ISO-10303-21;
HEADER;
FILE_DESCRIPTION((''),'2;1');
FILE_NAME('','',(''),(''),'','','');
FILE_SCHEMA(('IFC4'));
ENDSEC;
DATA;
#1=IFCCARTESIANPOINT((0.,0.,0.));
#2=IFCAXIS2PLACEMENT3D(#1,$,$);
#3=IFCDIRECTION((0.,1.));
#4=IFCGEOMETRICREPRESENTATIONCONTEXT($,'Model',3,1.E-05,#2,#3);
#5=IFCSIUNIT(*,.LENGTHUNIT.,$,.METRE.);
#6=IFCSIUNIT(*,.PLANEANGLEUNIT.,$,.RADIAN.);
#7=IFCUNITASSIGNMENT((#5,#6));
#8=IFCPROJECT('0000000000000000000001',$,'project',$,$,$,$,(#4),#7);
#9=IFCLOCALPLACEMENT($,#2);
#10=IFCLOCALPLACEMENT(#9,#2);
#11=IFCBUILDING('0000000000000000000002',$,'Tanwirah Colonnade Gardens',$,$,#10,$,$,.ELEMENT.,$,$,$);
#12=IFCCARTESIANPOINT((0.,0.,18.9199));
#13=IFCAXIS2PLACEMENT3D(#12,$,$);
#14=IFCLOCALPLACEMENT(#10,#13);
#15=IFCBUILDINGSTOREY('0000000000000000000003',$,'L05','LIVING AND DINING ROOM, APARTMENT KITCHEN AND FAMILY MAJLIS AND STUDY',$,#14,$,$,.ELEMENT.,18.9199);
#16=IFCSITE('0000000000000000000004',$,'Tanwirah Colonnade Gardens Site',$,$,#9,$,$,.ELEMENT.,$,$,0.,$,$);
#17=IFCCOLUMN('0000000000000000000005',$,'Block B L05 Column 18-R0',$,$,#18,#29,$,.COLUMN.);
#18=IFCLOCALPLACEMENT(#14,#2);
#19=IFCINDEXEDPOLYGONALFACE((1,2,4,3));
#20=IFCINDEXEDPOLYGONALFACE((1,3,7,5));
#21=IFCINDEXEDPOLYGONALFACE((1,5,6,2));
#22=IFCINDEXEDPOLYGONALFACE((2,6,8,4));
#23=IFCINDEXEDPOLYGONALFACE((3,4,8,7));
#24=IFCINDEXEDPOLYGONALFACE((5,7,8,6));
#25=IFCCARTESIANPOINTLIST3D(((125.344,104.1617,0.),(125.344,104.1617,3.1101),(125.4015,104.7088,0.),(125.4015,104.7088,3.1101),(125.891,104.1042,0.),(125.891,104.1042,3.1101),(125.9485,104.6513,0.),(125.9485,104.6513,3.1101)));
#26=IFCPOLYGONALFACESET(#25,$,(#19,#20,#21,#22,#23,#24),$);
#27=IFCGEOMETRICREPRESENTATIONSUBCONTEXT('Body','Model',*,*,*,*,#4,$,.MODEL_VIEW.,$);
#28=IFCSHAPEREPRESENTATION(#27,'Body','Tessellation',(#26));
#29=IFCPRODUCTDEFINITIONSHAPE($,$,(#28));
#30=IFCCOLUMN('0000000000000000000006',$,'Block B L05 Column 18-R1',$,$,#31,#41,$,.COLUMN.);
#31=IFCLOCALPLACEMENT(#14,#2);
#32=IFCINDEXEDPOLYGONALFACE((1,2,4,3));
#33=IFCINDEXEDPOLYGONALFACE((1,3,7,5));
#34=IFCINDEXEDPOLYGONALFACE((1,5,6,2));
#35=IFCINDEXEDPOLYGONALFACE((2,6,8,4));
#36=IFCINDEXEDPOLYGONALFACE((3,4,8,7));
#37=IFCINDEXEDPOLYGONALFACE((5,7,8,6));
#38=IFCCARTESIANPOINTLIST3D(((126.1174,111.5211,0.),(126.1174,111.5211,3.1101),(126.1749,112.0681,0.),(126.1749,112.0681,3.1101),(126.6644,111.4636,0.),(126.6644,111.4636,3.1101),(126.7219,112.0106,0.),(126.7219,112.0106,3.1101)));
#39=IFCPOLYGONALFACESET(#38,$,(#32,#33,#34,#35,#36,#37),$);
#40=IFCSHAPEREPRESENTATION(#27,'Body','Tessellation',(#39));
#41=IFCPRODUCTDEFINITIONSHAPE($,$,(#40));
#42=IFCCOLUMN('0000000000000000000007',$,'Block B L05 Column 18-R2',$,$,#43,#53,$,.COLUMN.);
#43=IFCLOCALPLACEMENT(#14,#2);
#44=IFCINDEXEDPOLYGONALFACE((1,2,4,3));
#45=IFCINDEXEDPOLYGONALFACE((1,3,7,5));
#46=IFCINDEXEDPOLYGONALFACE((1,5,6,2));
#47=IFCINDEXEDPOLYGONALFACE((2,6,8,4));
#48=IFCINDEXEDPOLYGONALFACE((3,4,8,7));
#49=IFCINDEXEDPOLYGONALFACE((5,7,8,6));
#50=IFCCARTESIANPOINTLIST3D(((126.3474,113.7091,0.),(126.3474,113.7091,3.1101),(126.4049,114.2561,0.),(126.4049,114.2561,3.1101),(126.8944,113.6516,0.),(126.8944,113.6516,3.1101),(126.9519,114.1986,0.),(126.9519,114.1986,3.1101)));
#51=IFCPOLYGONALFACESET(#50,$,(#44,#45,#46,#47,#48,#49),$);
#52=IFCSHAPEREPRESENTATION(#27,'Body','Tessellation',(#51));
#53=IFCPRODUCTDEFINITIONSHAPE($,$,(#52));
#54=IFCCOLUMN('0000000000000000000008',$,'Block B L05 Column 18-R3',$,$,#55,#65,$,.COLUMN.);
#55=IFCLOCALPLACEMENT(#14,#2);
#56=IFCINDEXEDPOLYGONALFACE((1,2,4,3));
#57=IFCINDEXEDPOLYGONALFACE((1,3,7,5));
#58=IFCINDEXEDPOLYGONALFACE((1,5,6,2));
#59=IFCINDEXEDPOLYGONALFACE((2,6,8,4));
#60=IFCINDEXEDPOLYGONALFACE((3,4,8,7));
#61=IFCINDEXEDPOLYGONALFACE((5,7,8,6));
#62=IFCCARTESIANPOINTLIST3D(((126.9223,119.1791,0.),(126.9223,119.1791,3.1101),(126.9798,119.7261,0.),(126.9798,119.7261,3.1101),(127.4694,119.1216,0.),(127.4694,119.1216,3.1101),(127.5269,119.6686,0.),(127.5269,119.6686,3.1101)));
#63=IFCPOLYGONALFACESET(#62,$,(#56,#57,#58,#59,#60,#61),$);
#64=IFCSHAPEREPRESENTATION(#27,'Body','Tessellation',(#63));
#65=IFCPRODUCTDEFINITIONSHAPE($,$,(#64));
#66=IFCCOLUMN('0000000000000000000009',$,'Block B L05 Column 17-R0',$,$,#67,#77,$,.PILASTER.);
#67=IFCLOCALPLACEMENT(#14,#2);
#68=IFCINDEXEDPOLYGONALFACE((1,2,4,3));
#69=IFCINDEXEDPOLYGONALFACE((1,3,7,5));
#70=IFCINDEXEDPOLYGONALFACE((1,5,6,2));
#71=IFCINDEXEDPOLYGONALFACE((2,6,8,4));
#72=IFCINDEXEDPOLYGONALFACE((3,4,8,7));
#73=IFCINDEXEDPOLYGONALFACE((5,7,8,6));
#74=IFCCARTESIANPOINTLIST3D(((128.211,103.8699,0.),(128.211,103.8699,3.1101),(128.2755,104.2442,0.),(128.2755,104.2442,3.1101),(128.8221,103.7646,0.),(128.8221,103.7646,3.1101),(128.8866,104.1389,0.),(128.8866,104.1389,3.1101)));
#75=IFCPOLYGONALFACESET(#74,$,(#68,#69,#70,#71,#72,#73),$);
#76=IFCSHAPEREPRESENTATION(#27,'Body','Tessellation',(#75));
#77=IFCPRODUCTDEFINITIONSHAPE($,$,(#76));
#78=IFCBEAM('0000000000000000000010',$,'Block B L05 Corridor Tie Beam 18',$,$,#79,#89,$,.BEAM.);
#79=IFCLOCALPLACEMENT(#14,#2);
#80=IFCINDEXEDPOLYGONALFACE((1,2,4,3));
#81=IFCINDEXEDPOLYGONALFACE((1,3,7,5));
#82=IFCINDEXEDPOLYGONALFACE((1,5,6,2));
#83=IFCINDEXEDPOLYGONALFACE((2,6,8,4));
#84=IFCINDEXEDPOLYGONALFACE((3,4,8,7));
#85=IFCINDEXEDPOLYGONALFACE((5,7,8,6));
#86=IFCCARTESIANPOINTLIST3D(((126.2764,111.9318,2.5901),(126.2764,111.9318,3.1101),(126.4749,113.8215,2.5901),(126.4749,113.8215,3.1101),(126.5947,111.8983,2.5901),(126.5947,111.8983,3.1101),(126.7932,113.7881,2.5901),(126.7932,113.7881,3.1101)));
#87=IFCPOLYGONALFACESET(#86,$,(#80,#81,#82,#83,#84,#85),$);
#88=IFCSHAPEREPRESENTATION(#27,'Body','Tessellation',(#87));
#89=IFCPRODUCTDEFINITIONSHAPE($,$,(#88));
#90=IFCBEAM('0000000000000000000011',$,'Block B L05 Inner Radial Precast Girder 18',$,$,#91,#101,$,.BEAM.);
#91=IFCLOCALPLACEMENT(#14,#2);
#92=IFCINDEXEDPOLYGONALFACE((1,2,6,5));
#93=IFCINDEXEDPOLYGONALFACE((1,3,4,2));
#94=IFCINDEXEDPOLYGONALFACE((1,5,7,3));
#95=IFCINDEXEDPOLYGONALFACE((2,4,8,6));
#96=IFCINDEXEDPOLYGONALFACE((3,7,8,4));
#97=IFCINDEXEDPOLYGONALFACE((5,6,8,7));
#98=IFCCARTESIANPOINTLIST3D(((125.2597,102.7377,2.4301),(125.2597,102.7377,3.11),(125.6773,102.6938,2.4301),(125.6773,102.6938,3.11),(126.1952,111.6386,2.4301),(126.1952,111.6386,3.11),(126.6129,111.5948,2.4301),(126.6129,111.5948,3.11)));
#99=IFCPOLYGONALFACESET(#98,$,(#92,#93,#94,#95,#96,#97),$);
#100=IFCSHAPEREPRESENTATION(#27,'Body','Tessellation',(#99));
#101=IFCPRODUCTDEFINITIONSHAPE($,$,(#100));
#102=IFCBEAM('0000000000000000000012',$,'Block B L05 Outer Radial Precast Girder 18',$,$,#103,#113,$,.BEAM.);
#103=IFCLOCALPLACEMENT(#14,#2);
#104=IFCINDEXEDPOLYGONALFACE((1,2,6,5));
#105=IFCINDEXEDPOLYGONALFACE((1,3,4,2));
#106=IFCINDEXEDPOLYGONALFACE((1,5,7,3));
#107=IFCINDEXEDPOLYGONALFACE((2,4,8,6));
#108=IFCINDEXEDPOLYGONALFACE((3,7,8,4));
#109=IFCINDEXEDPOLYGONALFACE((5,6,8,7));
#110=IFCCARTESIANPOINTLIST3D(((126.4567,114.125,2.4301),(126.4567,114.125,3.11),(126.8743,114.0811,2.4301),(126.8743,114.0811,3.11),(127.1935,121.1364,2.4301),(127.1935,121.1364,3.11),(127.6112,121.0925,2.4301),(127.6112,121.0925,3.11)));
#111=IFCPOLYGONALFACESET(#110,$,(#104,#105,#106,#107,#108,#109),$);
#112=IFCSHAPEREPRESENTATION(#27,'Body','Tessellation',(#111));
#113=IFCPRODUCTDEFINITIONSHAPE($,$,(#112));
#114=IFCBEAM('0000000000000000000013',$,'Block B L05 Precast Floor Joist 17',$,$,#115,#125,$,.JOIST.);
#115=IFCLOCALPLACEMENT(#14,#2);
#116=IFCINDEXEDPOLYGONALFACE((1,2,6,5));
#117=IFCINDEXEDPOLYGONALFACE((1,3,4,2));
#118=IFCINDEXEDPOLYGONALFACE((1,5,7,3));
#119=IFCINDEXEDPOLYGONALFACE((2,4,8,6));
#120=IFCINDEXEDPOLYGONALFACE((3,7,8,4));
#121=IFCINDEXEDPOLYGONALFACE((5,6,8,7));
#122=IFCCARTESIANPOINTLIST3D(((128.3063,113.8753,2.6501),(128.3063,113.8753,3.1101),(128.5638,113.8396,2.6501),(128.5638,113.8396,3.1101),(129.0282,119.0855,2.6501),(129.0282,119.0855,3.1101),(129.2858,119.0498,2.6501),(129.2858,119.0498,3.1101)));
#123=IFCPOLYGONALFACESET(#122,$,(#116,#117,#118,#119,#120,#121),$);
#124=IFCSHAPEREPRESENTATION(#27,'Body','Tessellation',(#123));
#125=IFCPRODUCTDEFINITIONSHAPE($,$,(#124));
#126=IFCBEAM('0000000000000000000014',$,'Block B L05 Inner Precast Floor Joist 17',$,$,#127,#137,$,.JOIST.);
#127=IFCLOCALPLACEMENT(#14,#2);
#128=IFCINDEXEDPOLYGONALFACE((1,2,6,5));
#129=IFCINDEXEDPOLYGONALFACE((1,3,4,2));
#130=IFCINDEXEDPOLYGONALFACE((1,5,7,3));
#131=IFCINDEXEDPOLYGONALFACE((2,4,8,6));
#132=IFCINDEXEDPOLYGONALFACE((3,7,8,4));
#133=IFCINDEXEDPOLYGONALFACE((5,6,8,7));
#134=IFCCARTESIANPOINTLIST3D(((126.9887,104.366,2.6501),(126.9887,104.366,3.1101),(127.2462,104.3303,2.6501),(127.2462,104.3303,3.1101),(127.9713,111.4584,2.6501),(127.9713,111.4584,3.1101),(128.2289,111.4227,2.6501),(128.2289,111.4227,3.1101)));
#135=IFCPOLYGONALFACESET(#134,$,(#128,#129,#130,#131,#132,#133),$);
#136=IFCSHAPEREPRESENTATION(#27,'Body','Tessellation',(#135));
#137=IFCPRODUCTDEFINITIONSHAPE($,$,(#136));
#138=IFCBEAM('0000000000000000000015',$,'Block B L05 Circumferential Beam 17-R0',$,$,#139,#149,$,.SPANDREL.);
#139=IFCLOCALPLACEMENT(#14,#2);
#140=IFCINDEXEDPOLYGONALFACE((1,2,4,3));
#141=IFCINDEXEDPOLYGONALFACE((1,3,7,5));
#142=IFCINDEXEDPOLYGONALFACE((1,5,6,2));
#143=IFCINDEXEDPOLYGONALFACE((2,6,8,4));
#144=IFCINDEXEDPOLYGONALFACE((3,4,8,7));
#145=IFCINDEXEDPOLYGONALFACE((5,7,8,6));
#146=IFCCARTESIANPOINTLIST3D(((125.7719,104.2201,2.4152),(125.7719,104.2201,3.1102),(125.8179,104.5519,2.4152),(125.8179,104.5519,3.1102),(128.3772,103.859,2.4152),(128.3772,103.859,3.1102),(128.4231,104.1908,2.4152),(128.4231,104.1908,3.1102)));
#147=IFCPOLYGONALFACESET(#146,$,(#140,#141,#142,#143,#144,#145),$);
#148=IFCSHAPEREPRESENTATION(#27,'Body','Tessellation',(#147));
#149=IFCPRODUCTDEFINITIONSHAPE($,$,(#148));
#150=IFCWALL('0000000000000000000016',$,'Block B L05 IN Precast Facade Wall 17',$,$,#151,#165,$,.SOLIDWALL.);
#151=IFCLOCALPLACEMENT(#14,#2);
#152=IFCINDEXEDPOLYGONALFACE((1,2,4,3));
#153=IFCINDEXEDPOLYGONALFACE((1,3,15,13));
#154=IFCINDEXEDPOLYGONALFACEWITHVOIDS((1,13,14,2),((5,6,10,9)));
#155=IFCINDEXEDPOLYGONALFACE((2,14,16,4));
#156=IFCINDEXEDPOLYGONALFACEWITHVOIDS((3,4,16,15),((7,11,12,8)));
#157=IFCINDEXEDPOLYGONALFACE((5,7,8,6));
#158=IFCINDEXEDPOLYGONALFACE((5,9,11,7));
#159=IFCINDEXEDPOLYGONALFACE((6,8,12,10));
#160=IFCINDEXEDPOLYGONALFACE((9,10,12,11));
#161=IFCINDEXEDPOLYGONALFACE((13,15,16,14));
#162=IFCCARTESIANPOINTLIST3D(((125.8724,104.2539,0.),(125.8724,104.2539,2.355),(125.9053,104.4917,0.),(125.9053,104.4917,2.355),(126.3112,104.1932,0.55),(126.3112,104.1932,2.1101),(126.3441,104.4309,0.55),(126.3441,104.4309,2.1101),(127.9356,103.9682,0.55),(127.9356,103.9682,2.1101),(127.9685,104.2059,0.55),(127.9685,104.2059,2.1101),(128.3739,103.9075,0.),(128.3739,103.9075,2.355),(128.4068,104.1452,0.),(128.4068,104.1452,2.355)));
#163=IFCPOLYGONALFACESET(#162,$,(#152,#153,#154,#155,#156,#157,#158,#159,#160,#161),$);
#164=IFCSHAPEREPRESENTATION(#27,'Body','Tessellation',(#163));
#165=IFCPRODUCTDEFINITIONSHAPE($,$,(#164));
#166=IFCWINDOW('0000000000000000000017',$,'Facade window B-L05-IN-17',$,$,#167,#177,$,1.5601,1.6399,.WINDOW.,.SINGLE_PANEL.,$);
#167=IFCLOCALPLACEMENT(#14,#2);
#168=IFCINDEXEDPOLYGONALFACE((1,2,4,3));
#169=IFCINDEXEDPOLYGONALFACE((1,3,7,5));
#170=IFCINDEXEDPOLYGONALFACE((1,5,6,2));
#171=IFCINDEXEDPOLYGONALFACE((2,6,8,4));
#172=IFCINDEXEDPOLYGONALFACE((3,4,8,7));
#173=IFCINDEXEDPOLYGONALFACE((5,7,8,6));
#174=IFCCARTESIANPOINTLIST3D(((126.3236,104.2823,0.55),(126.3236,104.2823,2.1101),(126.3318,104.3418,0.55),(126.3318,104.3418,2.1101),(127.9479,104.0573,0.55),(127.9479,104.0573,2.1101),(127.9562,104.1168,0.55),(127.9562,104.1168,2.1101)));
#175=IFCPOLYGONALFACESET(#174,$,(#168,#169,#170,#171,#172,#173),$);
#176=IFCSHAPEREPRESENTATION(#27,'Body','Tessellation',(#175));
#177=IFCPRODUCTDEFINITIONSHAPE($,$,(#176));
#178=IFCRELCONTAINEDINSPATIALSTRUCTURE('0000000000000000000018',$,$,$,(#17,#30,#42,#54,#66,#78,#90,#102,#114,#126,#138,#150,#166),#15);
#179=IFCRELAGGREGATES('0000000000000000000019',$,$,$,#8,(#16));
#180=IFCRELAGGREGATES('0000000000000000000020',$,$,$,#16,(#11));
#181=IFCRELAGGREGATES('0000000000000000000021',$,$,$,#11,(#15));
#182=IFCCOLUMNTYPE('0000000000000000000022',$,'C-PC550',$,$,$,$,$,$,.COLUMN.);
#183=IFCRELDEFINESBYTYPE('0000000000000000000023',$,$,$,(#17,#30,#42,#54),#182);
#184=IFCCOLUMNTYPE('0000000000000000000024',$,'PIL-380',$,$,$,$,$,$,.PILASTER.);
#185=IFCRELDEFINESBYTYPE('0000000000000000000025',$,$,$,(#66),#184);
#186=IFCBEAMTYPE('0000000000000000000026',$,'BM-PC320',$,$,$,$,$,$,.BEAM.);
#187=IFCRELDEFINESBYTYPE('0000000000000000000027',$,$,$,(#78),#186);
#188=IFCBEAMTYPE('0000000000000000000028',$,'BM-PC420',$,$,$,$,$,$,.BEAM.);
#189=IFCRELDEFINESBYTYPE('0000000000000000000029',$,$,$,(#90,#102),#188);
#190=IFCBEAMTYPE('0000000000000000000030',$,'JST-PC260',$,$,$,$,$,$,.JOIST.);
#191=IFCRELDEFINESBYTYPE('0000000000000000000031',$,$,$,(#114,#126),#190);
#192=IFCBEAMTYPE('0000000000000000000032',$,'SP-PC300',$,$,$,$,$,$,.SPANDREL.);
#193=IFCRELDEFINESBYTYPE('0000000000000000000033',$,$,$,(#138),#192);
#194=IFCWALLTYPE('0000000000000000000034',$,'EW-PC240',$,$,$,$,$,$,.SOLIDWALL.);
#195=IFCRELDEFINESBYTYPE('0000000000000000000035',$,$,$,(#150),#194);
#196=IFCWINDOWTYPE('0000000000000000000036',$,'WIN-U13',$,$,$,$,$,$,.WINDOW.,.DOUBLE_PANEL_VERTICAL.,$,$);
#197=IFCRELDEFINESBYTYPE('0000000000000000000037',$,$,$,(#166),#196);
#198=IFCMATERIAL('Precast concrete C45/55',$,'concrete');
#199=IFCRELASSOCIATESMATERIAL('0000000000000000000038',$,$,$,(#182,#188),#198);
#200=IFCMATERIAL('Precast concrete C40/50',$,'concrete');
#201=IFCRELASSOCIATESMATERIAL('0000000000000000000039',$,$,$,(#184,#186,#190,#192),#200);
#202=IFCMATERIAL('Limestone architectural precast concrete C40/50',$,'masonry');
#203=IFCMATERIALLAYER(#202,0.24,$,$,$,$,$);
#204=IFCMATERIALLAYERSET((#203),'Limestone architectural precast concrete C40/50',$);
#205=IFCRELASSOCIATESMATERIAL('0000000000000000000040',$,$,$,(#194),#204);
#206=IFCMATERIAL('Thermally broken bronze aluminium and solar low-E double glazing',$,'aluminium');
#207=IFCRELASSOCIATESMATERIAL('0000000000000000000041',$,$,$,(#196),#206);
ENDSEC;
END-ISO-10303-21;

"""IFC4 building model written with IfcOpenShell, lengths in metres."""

from ifc_helpers import new_model, si_unit, direction, frame, frame_2d, origin, origin_2d, place, context, subcontext, project, spatial, rectangle, extrude, material, layer, layer_set, material_profile, profile_set, type_object, element, fill, save


model = new_model("IFC4")

# Units and contexts
model_context = context("Model", 3, precision=1e-05, world=origin(), true_north=direction((0.0, 1.0)))
body_context = subcontext(model_context, "Body", "Model", "MODEL_VIEW")
ifc_project = project(units=[si_unit("LENGTHUNIT", "METRE"), si_unit("PLANEANGLEUNIT", "RADIAN")], contexts=[model_context])

# Site, building, storey
site_placement = place(None, origin())
site = spatial("IfcSite", under=ifc_project, at=site_placement, Name="Tanwirah Colonnade Gardens Site", CompositionType="ELEMENT", RefElevation=0.0)
building_placement = place(site_placement, origin())
building = spatial("IfcBuilding", under=site, at=building_placement, Name="Tanwirah Colonnade Gardens", CompositionType="ELEMENT")
storey_placement = place(building_placement, frame((0.0, 0.0, 18.9199)))
storey = spatial("IfcBuildingStorey", under=building, at=storey_placement, Name="L05", Description="LIVING AND DINING ROOM, APARTMENT KITCHEN AND FAMILY MAJLIS AND STUDY", CompositionType="ELEMENT", Elevation=18.9199)

# Columns
ifc_material_1 = material(Name="Precast concrete C45/55", Category="concrete")
ifc_material_profile_1 = material_profile(ifc_material_1, rectangle(XDim=0.55, YDim=0.55, at=origin_2d()), Name="PC-COL 550x550")
ifc_profile_set_1 = profile_set([ifc_material_profile_1], Name="Precast concrete C45/55")
column_type_1 = type_object("IfcColumnType", Name="C-PC550", PredefinedType="COLUMN", material=ifc_profile_set_1)
for number, where, z_axis, x_axis, name in (
    (1, (125.6462, 104.4065, 0.0), (0.0, 0.0, 1.0), (0.104528, 0.994522, 0.0), "Block B L05 Column 18-R0"),
    (2, (126.4197, 111.7659, 0.0), (0.0, 0.0, 1.0), (0.104528, 0.994522, 0.0), "Block B L05 Column 18-R1"),
    (3, (126.6497, 113.9539, 0.0), (0.0, 0.0, 1.0), (0.104528, 0.994522, 0.0), "Block B L05 Column 18-R2"),
    (4, (127.2246, 119.4238, 0.0), (0.0, 0.0, 1.0), (0.104528, 0.994522, 0.0), "Block B L05 Column 18-R3"),
):
    element("IfcColumn", number, at=place(storey_placement, frame(where, z_axis=z_axis, x_axis=x_axis)), inside=storey, type_object=column_type_1, Name=name, PredefinedType="COLUMN", context=body_context, shape_type="SweptSolid", body=[
        extrude(rectangle(XDim=0.55, YDim=0.55, at=origin_2d()), origin(), (0.0, 0.0, 1.0), 3.1101),
    ])
ifc_material_2 = material(Name="Precast concrete C40/50", Category="concrete")
ifc_material_profile_2 = material_profile(ifc_material_2, rectangle(XDim=0.3799, YDim=0.6201, at=origin_2d()), Name="PC-PIL 380x620")
ifc_profile_set_2 = profile_set([ifc_material_profile_2], Name="Precast concrete C40/50")
column_type_2 = type_object("IfcColumnType", Name="PIL-380", PredefinedType="PILASTER", material=ifc_profile_set_2)
column_placement = place(storey_placement, frame((128.5488, 104.0044, 0.0), z_axis=(0.0, 0.0, 1.0), x_axis=(0.169827, 0.985474, 0.0)))
element("IfcColumn", 5, at=column_placement, inside=storey, type_object=column_type_2, Name="Block B L05 Column 17-R0", PredefinedType="PILASTER", context=body_context, shape_type="SweptSolid", body=[
    extrude(rectangle(XDim=0.3799, YDim=0.6201, at=origin_2d()), origin(), (0.0, 0.0, 1.0), 3.1101),
])

# Beams
ifc_material_profile_3 = material_profile(ifc_material_2, rectangle(XDim=0.3201, YDim=0.52, at=origin_2d()), Name="PC-BM 320x520")
ifc_profile_set_3 = profile_set([ifc_material_profile_3], Name="Precast concrete C40/50")
beam_type_1 = type_object("IfcBeamType", Name="BM-PC320", PredefinedType="BEAM", material=ifc_profile_set_3)
beam_1_placement = place(storey_placement, frame((126.4355, 111.915, 2.8501), z_axis=(0.104464, 0.994529, 0.0), x_axis=(-0.994529, 0.104464, 0.0)))
element("IfcBeam", 6, at=beam_1_placement, inside=storey, type_object=beam_type_1, Name="Block B L05 Corridor Tie Beam 18", PredefinedType="BEAM", context=body_context, shape_type="SweptSolid", body=[
    extrude(rectangle(XDim=0.3201, YDim=0.52, at=origin_2d()), origin(), (0.0, 0.0, 1.0), 1.9001),
])
ifc_material_profile_4 = material_profile(ifc_material_1, rectangle(XDim=0.4199, YDim=0.6799, at=origin_2d()), Name="PC-BM 420x680")
ifc_profile_set_4 = profile_set([ifc_material_profile_4], Name="Precast concrete C45/55")
beam_type_2 = type_object("IfcBeamType", Name="BM-PC420", PredefinedType="BEAM", material=ifc_profile_set_4)
beam_2_placement = place(storey_placement, frame((126.4041, 111.6167, 2.77), z_axis=(-0.104531, -0.994522, 0.0), x_axis=(0.994522, -0.104531, 0.0)))
element("IfcBeam", 7, at=beam_2_placement, inside=storey, type_object=beam_type_2, Name="Block B L05 Inner Radial Precast Girder 18", PredefinedType="BEAM", context=body_context, shape_type="SweptSolid", body=[
    extrude(rectangle(XDim=0.4199, YDim=0.6799, at=origin_2d()), origin(), (0.0, 0.0, 1.0), 8.95),
])
beam_3_placement = place(storey_placement, frame((126.6655, 114.103, 2.77), z_axis=(0.104512, 0.994524, 0.0), x_axis=(-0.994524, 0.104512, 0.0)))
element("IfcBeam", 8, at=beam_3_placement, inside=storey, type_object=beam_type_2, Name="Block B L05 Outer Radial Precast Girder 18", PredefinedType="BEAM", context=body_context, shape_type="SweptSolid", body=[
    extrude(rectangle(XDim=0.4199, YDim=0.6799, at=origin_2d()), origin(), (0.0, 0.0, 1.0), 7.05),
])
ifc_material_profile_5 = material_profile(ifc_material_2, rectangle(XDim=0.26, YDim=0.46, at=origin_2d()), Name="PC-JST 260x460")
ifc_profile_set_5 = profile_set([ifc_material_profile_5], Name="Precast concrete C40/50")
beam_type_3 = type_object("IfcBeamType", Name="JST-PC260", PredefinedType="JOIST", material=ifc_profile_set_5)
beam_4_placement = place(storey_placement, frame((128.4351, 113.8574, 2.8801), z_axis=(0.137248, 0.990537, 0.0), x_axis=(-0.990537, 0.137248, 0.0)))
element("IfcBeam", 9, at=beam_4_placement, inside=storey, type_object=beam_type_3, Name="Block B L05 Precast Floor Joist 17", PredefinedType="JOIST", context=body_context, shape_type="SweptSolid", body=[
    extrude(rectangle(XDim=0.26, YDim=0.46, at=origin_2d()), origin(), (0.0, 0.0, 1.0), 5.26),
])
beam_5_placement = place(storey_placement, frame((127.1174, 104.3481, 2.8801), z_axis=(0.137243, 0.990537, 0.0), x_axis=(-0.990537, 0.137243, 0.0)))
element("IfcBeam", 10, at=beam_5_placement, inside=storey, type_object=beam_type_3, Name="Block B L05 Inner Precast Floor Joist 17", PredefinedType="JOIST", context=body_context, shape_type="SweptSolid", body=[
    extrude(rectangle(XDim=0.26, YDim=0.46, at=origin_2d()), origin(), (0.0, 0.0, 1.0), 7.1602),
])
ifc_material_profile_6 = material_profile(ifc_material_2, rectangle(XDim=0.335, YDim=0.6951, at=origin_2d()), Name="PC-SP 335x695")
ifc_profile_set_6 = profile_set([ifc_material_profile_6], Name="Precast concrete C40/50")
beam_type_4 = type_object("IfcBeamType", Name="SP-PC300", PredefinedType="SPANDREL", material=ifc_profile_set_6)
beam_6_placement = place(storey_placement, frame((128.4001, 104.0249, 2.7627), z_axis=(-0.990531, 0.137288, 0.0), x_axis=(-0.137288, -0.990531, 0.0)))
element("IfcBeam", 11, at=beam_6_placement, inside=storey, type_object=beam_type_4, Name="Block B L05 Circumferential Beam 17-R0", PredefinedType="SPANDREL", context=body_context, shape_type="SweptSolid", body=[
    extrude(rectangle(XDim=0.335, YDim=0.6951, at=origin_2d()), origin(), (0.0, 0.0, 1.0), 2.6301),
])

# Wall, opening, window
ifc_material_3 = material(Name="Limestone architectural precast concrete C40/50", Category="masonry")
ifc_layer_1 = layer(ifc_material_3, 0.24)
ifc_layer_set_1 = layer_set([ifc_layer_1], Name="Limestone architectural precast concrete C40/50")
wall_type_1 = type_object("IfcWallType", Name="EW-PC240", PredefinedType="SOLIDWALL", material=ifc_layer_set_1)
wall_1_placement = place(storey_placement, frame((128.3904, 104.0264, 0.0), z_axis=(0.0, 0.0, 1.0), x_axis=(-0.990546, 0.137184, 0.0)))
wall_1 = element("IfcWall", 12, at=wall_1_placement, inside=storey, type_object=wall_type_1, Name="Block B L05 IN Precast Facade Wall 17", PredefinedType="SOLIDWALL", context=body_context, shape_type="SweptSolid", body=[
    extrude(rectangle(XDim=2.5254, YDim=0.24, at=frame_2d((1.2627, 0.0))), origin(), (0.0, 0.0, 1.0), 2.355),
])
opening_1_placement = place(wall_1_placement, frame((0.4426, 0.0, 0.55)))
opening_1 = element("IfcOpeningElement", 13, at=opening_1_placement, cuts=wall_1, PredefinedType="OPENING", context=body_context, shape_type="SweptSolid", body=[
    extrude(rectangle(XDim=1.6399, YDim=1.5601, at=frame_2d((0.8198, 0.78))), frame((0.0, 0.1299, 0.0), z_axis=(0.0, -1.0, 0.0), x_axis=(1.0, 0.0, 0.0)), (0.0, 0.0, 1.0), 0.26),
])
ifc_material_4 = material(Name="Thermally broken bronze aluminium and solar low-E double glazing", Category="aluminium")
window_type_1 = type_object("IfcWindowType", Name="WIN-U13", PartitioningType="DOUBLE_PANEL_VERTICAL", PredefinedType="WINDOW", material=ifc_material_4)
window_1_placement = place(opening_1_placement, origin())
window_1 = element("IfcWindow", 14, at=window_1_placement, inside=storey, type_object=window_type_1, Name="Facade window B-L05-IN-17", OverallHeight=1.5601, OverallWidth=1.6399, PartitioningType="SINGLE_PANEL", PredefinedType="WINDOW", context=body_context, shape_type="SweptSolid", body=[
    extrude(rectangle(XDim=1.6399, YDim=1.5601, at=frame_2d((0.8198, 0.78))), frame((0.0, 0.03, 0.0), z_axis=(0.0, -1.0, 0.0), x_axis=(1.0, 0.0, 0.0)), (0.0, 0.0, 1.0), 0.0601),
])
fill(opening_1, window_1)

save(model, "model.ifc")
